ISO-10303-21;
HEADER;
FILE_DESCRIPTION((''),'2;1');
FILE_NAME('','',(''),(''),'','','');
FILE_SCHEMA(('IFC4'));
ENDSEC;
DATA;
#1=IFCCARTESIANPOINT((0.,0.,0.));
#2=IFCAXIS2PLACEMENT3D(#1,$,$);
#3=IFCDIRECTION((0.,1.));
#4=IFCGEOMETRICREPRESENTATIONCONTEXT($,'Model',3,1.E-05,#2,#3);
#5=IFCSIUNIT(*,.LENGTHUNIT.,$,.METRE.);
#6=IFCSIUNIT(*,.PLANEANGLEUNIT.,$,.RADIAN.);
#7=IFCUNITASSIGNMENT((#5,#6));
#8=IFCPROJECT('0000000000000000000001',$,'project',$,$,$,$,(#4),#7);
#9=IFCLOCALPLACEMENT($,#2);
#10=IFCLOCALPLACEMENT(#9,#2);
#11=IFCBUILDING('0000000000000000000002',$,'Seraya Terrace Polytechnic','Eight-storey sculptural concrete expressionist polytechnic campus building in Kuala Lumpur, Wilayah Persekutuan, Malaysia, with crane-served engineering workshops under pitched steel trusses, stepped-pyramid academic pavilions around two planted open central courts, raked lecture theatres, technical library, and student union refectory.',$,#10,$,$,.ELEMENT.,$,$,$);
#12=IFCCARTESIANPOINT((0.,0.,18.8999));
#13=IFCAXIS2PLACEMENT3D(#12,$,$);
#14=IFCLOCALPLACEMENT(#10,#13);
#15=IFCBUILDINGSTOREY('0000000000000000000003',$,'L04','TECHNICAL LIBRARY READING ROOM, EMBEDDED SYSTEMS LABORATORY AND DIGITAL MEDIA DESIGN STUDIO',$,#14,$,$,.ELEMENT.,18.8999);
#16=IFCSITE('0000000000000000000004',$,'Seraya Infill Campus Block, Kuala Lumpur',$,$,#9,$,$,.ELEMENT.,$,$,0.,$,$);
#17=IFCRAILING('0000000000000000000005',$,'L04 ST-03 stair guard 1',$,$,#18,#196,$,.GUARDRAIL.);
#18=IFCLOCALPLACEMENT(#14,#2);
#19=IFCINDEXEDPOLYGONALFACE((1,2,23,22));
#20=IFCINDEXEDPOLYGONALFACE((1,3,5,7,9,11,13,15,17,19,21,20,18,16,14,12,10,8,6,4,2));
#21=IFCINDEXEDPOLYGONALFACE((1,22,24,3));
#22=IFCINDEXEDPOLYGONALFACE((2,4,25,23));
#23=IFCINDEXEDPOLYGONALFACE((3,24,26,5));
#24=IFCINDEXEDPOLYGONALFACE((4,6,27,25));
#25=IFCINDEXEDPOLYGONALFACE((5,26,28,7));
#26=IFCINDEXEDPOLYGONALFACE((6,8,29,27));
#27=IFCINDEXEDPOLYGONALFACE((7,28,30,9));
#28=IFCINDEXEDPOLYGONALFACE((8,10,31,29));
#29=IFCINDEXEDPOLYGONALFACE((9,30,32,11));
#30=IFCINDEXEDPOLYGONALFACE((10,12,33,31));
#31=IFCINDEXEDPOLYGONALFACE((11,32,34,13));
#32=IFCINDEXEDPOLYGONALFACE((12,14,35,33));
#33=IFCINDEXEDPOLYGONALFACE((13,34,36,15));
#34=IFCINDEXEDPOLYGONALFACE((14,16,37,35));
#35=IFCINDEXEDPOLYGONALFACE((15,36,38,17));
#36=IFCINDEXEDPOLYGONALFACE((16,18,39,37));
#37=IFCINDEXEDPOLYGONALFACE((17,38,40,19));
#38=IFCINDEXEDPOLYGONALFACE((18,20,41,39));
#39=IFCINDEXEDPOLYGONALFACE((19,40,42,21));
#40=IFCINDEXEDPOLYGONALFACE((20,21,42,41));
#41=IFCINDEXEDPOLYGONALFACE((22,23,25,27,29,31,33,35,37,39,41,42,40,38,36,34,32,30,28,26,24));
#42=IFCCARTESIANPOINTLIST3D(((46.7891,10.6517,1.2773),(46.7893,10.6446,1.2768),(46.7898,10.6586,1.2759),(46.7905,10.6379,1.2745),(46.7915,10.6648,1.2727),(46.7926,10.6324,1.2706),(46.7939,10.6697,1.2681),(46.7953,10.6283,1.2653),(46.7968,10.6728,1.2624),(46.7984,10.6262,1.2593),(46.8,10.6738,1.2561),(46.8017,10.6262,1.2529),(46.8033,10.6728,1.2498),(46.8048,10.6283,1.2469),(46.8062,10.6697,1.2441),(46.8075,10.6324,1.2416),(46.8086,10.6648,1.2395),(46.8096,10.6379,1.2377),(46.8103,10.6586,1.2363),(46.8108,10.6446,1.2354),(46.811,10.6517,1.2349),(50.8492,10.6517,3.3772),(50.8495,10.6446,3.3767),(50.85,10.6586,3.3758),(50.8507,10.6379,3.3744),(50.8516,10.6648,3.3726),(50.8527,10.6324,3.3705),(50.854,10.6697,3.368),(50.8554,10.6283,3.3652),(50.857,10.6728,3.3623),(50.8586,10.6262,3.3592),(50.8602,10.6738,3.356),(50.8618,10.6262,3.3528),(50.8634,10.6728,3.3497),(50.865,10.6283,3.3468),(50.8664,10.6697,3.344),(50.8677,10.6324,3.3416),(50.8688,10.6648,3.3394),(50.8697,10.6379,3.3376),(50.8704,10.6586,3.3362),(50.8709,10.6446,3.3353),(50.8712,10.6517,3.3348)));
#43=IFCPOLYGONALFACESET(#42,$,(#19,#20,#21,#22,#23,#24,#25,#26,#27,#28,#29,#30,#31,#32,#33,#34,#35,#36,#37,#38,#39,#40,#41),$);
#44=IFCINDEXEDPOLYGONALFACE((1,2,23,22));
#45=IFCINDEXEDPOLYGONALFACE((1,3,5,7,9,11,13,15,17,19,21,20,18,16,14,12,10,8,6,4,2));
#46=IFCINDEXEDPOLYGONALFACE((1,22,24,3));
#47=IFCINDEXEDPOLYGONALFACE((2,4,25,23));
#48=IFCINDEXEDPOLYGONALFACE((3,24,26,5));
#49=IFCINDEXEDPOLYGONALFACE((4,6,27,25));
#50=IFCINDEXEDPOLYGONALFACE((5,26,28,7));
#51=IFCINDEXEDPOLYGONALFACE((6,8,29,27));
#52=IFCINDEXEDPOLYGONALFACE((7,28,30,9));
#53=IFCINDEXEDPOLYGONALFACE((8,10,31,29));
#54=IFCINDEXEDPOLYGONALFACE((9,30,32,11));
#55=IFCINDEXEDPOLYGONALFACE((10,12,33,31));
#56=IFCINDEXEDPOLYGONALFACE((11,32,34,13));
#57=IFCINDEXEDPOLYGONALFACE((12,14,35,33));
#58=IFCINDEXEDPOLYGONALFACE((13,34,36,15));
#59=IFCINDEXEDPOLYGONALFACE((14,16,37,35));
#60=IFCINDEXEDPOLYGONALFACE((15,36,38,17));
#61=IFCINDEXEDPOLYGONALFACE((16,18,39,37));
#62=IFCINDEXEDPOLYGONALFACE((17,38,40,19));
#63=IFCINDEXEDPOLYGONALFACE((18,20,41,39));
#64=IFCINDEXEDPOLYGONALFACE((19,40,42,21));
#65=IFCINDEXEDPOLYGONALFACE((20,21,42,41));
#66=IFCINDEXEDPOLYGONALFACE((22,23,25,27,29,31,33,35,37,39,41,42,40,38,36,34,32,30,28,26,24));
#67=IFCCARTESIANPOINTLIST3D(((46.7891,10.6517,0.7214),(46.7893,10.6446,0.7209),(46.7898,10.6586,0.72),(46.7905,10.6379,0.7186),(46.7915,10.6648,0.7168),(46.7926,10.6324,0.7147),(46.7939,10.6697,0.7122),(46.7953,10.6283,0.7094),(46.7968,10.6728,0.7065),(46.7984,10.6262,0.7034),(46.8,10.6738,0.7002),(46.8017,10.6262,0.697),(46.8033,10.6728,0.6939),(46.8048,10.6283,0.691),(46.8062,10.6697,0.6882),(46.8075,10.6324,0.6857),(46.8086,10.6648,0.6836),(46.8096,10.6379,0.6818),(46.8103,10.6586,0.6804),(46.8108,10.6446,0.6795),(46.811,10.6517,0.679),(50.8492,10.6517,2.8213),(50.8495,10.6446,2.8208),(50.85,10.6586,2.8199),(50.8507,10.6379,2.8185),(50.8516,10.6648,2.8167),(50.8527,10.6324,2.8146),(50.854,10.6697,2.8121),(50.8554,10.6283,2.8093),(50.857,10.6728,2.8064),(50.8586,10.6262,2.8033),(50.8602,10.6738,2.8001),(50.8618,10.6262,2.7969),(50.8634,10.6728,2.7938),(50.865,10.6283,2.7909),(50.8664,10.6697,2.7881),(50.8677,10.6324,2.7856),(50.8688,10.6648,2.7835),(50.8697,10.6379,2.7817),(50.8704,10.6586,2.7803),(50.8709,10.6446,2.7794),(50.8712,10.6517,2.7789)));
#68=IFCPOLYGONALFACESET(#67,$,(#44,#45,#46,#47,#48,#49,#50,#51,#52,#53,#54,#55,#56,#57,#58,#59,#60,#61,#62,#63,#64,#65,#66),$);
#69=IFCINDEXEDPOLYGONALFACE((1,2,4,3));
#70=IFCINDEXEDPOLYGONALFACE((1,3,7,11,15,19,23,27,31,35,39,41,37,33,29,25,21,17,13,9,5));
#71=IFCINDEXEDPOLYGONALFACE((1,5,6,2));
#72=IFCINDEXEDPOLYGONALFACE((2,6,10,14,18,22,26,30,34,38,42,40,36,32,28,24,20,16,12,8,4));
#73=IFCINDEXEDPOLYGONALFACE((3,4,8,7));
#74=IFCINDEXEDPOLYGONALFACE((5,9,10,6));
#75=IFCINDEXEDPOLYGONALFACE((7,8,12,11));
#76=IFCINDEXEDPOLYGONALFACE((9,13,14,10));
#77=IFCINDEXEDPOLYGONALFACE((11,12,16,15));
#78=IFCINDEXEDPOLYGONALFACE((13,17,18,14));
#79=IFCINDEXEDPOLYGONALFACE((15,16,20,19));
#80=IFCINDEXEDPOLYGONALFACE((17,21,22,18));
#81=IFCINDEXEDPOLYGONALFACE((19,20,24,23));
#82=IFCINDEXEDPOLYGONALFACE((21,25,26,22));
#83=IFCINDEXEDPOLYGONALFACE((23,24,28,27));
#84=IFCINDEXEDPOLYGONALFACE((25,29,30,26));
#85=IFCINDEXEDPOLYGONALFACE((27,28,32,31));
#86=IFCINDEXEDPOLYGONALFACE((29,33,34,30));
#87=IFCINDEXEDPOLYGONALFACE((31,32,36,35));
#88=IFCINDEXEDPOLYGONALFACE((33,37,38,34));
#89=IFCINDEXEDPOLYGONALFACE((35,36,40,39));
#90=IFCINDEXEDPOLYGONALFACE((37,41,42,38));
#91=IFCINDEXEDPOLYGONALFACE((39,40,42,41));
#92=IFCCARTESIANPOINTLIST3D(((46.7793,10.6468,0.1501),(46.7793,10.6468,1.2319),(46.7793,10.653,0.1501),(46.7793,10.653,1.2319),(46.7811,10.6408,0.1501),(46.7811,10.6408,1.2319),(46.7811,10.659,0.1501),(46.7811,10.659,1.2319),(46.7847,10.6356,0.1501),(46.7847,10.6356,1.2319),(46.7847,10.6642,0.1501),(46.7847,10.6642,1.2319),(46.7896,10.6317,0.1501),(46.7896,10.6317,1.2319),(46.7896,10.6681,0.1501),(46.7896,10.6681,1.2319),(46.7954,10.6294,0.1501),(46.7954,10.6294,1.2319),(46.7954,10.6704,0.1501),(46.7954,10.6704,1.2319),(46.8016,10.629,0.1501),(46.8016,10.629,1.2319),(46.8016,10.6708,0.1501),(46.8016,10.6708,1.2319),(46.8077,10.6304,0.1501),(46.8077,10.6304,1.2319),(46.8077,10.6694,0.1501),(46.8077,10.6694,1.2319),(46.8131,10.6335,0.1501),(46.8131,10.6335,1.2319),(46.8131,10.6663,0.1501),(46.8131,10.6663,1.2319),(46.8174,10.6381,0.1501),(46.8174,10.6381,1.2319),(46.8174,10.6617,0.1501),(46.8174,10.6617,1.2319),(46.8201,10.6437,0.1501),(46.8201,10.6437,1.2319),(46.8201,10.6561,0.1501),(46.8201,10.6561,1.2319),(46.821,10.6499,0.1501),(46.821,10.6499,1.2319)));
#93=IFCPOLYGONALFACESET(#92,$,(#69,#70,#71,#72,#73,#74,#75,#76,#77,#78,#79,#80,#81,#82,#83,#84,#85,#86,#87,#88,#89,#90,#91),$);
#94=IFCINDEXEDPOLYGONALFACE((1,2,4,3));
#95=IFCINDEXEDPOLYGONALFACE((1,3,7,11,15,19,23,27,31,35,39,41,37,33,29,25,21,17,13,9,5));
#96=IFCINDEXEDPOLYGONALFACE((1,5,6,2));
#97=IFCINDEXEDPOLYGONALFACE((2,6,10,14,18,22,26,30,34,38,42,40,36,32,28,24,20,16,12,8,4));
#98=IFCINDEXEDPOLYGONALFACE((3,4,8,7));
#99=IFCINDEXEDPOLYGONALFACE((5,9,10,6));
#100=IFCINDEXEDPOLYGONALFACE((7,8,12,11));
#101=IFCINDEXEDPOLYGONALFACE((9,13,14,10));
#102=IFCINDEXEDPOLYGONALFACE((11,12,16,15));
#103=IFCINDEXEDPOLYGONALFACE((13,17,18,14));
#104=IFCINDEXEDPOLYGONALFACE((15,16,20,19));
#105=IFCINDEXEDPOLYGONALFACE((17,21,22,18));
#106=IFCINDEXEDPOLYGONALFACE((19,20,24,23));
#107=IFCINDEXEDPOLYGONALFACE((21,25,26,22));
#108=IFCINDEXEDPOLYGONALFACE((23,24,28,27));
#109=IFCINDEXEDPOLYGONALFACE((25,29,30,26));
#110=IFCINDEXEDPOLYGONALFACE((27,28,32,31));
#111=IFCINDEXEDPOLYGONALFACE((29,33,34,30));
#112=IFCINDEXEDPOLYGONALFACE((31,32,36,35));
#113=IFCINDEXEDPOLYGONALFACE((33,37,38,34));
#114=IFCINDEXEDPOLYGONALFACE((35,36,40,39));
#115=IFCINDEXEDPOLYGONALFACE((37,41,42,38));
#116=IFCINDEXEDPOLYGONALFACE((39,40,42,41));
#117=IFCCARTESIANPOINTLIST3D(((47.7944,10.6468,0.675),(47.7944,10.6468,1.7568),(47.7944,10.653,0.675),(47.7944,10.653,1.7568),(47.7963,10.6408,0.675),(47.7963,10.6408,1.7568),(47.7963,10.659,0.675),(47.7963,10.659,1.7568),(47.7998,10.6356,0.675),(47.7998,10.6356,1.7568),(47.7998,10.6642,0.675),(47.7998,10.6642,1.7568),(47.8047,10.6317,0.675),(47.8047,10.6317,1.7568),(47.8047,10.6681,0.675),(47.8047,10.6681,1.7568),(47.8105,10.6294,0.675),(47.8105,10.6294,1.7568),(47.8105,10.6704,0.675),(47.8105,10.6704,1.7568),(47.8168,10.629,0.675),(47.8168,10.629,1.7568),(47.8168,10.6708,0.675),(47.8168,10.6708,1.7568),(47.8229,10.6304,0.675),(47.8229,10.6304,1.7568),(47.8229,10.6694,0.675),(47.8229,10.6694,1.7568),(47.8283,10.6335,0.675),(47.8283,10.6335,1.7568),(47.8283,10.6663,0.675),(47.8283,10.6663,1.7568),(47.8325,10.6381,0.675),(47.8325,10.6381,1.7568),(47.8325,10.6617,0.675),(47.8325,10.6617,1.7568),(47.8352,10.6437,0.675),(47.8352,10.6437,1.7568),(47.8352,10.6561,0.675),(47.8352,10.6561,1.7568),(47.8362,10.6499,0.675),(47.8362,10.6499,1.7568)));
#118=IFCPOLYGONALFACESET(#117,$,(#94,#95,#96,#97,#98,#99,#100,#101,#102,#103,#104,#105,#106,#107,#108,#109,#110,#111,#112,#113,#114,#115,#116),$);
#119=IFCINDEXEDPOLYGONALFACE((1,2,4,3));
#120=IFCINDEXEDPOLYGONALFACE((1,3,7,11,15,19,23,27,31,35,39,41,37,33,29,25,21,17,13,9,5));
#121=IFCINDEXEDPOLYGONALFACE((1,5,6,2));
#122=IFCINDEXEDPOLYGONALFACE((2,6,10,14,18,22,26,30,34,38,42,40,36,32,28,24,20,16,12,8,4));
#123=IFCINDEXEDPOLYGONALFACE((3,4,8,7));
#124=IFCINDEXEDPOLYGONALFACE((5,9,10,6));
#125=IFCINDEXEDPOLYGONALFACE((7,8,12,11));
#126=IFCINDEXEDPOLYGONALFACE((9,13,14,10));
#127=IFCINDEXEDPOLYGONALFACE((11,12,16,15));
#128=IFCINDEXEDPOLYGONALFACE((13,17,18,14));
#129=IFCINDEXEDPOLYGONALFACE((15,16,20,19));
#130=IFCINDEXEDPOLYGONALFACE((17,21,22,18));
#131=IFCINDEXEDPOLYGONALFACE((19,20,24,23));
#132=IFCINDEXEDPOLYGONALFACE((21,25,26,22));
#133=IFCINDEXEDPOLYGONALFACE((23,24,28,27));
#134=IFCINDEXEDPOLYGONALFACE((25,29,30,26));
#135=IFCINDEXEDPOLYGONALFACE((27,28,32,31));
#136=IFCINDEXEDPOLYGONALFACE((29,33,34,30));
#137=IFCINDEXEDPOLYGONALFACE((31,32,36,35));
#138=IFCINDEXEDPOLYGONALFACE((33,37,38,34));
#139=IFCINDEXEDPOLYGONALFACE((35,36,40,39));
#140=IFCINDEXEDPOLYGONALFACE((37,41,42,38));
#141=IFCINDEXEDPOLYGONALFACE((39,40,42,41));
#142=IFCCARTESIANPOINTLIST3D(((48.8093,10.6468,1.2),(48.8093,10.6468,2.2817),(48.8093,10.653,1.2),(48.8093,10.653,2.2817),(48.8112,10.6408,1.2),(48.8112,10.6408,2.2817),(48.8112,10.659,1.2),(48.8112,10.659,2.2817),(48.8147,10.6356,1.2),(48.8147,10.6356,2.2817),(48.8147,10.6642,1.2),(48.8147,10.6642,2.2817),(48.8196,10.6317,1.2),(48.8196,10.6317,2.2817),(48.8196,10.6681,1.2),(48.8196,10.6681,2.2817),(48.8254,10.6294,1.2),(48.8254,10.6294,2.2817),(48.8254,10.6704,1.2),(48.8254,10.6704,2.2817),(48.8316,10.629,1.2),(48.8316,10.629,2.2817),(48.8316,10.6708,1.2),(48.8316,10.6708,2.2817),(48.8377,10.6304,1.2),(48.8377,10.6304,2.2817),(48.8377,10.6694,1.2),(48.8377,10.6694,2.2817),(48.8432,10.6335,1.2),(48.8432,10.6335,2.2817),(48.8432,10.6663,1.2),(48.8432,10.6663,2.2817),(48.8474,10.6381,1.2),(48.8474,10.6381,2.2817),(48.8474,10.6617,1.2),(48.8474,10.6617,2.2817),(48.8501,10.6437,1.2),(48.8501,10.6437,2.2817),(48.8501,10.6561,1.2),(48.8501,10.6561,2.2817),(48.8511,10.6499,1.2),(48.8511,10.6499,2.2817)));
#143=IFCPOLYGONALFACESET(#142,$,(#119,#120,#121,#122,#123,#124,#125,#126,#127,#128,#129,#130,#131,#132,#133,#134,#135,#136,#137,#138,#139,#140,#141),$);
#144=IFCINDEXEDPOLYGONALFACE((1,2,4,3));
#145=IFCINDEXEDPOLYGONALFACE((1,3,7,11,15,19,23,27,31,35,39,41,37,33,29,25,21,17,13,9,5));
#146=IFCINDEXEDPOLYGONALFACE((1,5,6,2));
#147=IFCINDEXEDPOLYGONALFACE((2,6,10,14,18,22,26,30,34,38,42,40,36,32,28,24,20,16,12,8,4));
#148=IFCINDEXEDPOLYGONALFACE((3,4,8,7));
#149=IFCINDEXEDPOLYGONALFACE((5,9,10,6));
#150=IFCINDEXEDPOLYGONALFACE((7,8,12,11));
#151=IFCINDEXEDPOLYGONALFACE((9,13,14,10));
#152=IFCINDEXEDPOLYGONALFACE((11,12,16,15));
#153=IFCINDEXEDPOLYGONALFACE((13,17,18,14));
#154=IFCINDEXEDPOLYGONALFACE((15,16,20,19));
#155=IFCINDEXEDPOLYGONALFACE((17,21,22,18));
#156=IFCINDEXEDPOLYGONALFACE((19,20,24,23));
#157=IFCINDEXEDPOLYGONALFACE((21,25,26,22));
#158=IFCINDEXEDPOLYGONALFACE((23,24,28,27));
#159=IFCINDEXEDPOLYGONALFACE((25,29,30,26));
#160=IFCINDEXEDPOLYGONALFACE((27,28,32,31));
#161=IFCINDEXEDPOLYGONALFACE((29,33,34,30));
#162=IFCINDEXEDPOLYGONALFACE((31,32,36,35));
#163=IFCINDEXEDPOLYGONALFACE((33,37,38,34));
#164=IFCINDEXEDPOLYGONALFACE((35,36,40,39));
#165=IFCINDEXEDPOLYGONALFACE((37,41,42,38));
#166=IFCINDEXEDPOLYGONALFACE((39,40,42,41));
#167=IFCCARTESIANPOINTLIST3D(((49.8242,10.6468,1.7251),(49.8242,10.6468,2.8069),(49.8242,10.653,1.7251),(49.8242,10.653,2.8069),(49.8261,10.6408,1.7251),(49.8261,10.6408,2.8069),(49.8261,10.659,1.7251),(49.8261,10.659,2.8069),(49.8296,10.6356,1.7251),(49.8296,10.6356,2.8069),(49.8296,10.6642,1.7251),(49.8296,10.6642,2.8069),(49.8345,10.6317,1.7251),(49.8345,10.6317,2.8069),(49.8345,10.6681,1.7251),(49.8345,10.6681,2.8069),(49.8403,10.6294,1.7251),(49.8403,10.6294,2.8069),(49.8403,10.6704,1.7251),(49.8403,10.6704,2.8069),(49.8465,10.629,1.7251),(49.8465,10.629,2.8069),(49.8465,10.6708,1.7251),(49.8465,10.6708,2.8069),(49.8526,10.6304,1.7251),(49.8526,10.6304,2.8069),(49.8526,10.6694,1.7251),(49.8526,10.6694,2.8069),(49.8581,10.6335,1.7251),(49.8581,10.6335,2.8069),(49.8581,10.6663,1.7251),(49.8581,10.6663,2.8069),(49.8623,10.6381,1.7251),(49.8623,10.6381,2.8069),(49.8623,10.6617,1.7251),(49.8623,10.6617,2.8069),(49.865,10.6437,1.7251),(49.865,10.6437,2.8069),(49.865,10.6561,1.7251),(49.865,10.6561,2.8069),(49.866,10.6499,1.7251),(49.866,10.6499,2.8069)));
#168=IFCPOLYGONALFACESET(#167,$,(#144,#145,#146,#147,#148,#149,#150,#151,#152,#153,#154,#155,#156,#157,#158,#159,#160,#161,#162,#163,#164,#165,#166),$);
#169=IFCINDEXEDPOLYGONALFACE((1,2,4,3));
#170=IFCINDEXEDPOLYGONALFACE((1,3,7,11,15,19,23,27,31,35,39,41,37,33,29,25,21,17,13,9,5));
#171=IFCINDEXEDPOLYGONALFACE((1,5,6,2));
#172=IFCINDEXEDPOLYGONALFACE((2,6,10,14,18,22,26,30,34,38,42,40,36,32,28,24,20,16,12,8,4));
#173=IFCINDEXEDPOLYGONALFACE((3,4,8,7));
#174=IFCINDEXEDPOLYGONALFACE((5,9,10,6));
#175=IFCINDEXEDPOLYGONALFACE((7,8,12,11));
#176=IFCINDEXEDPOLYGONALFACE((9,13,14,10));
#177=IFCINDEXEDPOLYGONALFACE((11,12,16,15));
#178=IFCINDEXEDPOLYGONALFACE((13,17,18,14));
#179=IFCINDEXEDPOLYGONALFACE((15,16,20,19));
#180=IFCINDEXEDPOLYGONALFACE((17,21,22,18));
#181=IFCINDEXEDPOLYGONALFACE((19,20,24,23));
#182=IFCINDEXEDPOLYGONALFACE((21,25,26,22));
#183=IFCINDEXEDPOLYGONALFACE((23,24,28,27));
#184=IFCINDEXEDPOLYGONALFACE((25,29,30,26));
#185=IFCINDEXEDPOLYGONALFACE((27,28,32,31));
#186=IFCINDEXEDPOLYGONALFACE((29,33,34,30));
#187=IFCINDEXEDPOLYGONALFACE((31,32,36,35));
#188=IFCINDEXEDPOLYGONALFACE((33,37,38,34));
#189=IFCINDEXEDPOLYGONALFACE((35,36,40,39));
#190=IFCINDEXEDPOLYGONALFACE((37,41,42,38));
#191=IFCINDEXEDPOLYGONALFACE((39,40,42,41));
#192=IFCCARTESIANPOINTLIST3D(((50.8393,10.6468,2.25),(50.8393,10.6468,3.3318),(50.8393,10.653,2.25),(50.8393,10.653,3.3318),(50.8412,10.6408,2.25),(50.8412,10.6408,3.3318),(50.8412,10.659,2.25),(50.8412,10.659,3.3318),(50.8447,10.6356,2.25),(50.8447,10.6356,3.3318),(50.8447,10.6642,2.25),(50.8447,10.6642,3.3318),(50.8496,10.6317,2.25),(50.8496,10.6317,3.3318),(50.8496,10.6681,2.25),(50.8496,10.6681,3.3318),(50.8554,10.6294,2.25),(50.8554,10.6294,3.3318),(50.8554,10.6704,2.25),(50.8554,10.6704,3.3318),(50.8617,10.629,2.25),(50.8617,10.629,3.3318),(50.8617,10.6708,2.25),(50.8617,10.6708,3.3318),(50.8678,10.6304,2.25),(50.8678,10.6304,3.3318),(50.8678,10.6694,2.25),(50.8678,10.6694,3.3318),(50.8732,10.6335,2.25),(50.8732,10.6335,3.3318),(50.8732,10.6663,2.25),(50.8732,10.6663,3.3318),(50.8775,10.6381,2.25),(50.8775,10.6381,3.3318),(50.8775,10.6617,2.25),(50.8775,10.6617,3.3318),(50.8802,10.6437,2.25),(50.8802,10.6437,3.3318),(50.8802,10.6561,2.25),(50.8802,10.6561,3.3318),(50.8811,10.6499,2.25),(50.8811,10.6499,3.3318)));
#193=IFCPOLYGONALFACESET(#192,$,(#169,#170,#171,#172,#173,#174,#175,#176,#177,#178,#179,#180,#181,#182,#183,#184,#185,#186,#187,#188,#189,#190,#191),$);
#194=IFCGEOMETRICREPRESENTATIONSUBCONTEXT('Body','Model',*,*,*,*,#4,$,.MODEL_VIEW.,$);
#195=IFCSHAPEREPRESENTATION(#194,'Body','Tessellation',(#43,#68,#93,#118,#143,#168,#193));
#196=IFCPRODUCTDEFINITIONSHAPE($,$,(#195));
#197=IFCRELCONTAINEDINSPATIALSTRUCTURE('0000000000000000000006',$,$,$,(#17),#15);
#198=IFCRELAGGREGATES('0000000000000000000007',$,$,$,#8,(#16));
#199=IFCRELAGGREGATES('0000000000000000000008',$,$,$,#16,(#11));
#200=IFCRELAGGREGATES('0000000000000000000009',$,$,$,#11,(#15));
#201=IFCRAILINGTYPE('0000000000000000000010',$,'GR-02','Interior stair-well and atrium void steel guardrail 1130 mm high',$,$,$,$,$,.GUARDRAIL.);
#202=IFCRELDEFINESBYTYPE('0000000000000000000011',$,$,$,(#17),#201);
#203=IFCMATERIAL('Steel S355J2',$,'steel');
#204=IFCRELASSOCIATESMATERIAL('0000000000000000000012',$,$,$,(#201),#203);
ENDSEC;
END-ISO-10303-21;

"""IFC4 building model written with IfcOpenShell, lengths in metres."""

from ifc_helpers import new_model, si_unit, direction, frame, origin, origin_2d, place, context, subcontext, project, spatial, circle, extrude, material, type_object, element, save


model = new_model("IFC4")

# Units and contexts
model_context = context("Model", 3, precision=1e-05, world=origin(), true_north=direction((0.0, 1.0)))
body_context = subcontext(model_context, "Body", "Model", "MODEL_VIEW")
ifc_project = project(units=[si_unit("LENGTHUNIT", "METRE"), si_unit("PLANEANGLEUNIT", "RADIAN")], contexts=[model_context])

# Site, building, storey
site_placement = place(None, origin())
site = spatial("IfcSite", under=ifc_project, at=site_placement, Name="Seraya Infill Campus Block, Kuala Lumpur", CompositionType="ELEMENT", RefElevation=0.0)
building_placement = place(site_placement, origin())
building = spatial("IfcBuilding", under=site, at=building_placement, Name="Seraya Terrace Polytechnic", Description="Eight-storey sculptural concrete expressionist polytechnic campus building in Kuala Lumpur, Wilayah Persekutuan, Malaysia, with crane-served engineering workshops under pitched steel trusses, stepped-pyramid academic pavilions around two planted open central courts, raked lecture theatres, technical library, and student union refectory.", CompositionType="ELEMENT")
storey_placement = place(building_placement, frame((0.0, 0.0, 18.8999)))
storey = spatial("IfcBuildingStorey", under=building, at=storey_placement, Name="L04", Description="TECHNICAL LIBRARY READING ROOM, EMBEDDED SYSTEMS LABORATORY AND DIGITAL MEDIA DESIGN STUDIO", CompositionType="ELEMENT", Elevation=18.8999)

# Railing
ifc_material_1 = material(Name="Steel S355J2", Category="steel")
railing_type = type_object("IfcRailingType", Name="GR-02", Description="Interior stair-well and atrium void steel guardrail 1130 mm high", PredefinedType="GUARDRAIL", material=ifc_material_1)
railing_1_placement = place(storey_placement, frame((46.8, 10.6499, 0.1501)))
element("IfcRailing", 1, at=railing_1_placement, inside=storey, type_object=railing_type, Name="L04 ST-03 stair guard 1", PredefinedType="GUARDRAIL", context=body_context, shape_type="SweptSolid", body=[
    extrude(circle(Radius=0.0239, at=origin_2d()), frame((0.0, 0.0, 1.106), z_axis=(0.888233, 0.0, 0.459392), x_axis=(0.0, 1.0, 0.0)), (0.0, 0.0, 1.0), 4.571),
    extrude(circle(Radius=0.0239, at=origin_2d()), frame((0.0, 0.0, 0.55), z_axis=(0.888233, 0.0, 0.459392), x_axis=(0.0, 1.0, 0.0)), (0.0, 0.0, 1.0), 4.571),
    extrude(circle(Radius=0.021, at=origin_2d()), origin(), (0.0, 0.0, 1.0), 1.0818),
    extrude(circle(Radius=0.021, at=origin_2d()), frame((1.0151, 0.0, 0.5249)), (0.0, 0.0, 1.0), 1.0818),
    extrude(circle(Radius=0.021, at=origin_2d()), frame((2.03, 0.0, 1.0498)), (0.0, 0.0, 1.0), 1.0818),
    extrude(circle(Radius=0.021, at=origin_2d()), frame((3.0449, 0.0, 1.575)), (0.0, 0.0, 1.0), 1.0818),
    extrude(circle(Radius=0.021, at=origin_2d()), frame((4.0601, 0.0, 2.0999)), (0.0, 0.0, 1.0), 1.0818),
])

save(model, "model.ifc")
